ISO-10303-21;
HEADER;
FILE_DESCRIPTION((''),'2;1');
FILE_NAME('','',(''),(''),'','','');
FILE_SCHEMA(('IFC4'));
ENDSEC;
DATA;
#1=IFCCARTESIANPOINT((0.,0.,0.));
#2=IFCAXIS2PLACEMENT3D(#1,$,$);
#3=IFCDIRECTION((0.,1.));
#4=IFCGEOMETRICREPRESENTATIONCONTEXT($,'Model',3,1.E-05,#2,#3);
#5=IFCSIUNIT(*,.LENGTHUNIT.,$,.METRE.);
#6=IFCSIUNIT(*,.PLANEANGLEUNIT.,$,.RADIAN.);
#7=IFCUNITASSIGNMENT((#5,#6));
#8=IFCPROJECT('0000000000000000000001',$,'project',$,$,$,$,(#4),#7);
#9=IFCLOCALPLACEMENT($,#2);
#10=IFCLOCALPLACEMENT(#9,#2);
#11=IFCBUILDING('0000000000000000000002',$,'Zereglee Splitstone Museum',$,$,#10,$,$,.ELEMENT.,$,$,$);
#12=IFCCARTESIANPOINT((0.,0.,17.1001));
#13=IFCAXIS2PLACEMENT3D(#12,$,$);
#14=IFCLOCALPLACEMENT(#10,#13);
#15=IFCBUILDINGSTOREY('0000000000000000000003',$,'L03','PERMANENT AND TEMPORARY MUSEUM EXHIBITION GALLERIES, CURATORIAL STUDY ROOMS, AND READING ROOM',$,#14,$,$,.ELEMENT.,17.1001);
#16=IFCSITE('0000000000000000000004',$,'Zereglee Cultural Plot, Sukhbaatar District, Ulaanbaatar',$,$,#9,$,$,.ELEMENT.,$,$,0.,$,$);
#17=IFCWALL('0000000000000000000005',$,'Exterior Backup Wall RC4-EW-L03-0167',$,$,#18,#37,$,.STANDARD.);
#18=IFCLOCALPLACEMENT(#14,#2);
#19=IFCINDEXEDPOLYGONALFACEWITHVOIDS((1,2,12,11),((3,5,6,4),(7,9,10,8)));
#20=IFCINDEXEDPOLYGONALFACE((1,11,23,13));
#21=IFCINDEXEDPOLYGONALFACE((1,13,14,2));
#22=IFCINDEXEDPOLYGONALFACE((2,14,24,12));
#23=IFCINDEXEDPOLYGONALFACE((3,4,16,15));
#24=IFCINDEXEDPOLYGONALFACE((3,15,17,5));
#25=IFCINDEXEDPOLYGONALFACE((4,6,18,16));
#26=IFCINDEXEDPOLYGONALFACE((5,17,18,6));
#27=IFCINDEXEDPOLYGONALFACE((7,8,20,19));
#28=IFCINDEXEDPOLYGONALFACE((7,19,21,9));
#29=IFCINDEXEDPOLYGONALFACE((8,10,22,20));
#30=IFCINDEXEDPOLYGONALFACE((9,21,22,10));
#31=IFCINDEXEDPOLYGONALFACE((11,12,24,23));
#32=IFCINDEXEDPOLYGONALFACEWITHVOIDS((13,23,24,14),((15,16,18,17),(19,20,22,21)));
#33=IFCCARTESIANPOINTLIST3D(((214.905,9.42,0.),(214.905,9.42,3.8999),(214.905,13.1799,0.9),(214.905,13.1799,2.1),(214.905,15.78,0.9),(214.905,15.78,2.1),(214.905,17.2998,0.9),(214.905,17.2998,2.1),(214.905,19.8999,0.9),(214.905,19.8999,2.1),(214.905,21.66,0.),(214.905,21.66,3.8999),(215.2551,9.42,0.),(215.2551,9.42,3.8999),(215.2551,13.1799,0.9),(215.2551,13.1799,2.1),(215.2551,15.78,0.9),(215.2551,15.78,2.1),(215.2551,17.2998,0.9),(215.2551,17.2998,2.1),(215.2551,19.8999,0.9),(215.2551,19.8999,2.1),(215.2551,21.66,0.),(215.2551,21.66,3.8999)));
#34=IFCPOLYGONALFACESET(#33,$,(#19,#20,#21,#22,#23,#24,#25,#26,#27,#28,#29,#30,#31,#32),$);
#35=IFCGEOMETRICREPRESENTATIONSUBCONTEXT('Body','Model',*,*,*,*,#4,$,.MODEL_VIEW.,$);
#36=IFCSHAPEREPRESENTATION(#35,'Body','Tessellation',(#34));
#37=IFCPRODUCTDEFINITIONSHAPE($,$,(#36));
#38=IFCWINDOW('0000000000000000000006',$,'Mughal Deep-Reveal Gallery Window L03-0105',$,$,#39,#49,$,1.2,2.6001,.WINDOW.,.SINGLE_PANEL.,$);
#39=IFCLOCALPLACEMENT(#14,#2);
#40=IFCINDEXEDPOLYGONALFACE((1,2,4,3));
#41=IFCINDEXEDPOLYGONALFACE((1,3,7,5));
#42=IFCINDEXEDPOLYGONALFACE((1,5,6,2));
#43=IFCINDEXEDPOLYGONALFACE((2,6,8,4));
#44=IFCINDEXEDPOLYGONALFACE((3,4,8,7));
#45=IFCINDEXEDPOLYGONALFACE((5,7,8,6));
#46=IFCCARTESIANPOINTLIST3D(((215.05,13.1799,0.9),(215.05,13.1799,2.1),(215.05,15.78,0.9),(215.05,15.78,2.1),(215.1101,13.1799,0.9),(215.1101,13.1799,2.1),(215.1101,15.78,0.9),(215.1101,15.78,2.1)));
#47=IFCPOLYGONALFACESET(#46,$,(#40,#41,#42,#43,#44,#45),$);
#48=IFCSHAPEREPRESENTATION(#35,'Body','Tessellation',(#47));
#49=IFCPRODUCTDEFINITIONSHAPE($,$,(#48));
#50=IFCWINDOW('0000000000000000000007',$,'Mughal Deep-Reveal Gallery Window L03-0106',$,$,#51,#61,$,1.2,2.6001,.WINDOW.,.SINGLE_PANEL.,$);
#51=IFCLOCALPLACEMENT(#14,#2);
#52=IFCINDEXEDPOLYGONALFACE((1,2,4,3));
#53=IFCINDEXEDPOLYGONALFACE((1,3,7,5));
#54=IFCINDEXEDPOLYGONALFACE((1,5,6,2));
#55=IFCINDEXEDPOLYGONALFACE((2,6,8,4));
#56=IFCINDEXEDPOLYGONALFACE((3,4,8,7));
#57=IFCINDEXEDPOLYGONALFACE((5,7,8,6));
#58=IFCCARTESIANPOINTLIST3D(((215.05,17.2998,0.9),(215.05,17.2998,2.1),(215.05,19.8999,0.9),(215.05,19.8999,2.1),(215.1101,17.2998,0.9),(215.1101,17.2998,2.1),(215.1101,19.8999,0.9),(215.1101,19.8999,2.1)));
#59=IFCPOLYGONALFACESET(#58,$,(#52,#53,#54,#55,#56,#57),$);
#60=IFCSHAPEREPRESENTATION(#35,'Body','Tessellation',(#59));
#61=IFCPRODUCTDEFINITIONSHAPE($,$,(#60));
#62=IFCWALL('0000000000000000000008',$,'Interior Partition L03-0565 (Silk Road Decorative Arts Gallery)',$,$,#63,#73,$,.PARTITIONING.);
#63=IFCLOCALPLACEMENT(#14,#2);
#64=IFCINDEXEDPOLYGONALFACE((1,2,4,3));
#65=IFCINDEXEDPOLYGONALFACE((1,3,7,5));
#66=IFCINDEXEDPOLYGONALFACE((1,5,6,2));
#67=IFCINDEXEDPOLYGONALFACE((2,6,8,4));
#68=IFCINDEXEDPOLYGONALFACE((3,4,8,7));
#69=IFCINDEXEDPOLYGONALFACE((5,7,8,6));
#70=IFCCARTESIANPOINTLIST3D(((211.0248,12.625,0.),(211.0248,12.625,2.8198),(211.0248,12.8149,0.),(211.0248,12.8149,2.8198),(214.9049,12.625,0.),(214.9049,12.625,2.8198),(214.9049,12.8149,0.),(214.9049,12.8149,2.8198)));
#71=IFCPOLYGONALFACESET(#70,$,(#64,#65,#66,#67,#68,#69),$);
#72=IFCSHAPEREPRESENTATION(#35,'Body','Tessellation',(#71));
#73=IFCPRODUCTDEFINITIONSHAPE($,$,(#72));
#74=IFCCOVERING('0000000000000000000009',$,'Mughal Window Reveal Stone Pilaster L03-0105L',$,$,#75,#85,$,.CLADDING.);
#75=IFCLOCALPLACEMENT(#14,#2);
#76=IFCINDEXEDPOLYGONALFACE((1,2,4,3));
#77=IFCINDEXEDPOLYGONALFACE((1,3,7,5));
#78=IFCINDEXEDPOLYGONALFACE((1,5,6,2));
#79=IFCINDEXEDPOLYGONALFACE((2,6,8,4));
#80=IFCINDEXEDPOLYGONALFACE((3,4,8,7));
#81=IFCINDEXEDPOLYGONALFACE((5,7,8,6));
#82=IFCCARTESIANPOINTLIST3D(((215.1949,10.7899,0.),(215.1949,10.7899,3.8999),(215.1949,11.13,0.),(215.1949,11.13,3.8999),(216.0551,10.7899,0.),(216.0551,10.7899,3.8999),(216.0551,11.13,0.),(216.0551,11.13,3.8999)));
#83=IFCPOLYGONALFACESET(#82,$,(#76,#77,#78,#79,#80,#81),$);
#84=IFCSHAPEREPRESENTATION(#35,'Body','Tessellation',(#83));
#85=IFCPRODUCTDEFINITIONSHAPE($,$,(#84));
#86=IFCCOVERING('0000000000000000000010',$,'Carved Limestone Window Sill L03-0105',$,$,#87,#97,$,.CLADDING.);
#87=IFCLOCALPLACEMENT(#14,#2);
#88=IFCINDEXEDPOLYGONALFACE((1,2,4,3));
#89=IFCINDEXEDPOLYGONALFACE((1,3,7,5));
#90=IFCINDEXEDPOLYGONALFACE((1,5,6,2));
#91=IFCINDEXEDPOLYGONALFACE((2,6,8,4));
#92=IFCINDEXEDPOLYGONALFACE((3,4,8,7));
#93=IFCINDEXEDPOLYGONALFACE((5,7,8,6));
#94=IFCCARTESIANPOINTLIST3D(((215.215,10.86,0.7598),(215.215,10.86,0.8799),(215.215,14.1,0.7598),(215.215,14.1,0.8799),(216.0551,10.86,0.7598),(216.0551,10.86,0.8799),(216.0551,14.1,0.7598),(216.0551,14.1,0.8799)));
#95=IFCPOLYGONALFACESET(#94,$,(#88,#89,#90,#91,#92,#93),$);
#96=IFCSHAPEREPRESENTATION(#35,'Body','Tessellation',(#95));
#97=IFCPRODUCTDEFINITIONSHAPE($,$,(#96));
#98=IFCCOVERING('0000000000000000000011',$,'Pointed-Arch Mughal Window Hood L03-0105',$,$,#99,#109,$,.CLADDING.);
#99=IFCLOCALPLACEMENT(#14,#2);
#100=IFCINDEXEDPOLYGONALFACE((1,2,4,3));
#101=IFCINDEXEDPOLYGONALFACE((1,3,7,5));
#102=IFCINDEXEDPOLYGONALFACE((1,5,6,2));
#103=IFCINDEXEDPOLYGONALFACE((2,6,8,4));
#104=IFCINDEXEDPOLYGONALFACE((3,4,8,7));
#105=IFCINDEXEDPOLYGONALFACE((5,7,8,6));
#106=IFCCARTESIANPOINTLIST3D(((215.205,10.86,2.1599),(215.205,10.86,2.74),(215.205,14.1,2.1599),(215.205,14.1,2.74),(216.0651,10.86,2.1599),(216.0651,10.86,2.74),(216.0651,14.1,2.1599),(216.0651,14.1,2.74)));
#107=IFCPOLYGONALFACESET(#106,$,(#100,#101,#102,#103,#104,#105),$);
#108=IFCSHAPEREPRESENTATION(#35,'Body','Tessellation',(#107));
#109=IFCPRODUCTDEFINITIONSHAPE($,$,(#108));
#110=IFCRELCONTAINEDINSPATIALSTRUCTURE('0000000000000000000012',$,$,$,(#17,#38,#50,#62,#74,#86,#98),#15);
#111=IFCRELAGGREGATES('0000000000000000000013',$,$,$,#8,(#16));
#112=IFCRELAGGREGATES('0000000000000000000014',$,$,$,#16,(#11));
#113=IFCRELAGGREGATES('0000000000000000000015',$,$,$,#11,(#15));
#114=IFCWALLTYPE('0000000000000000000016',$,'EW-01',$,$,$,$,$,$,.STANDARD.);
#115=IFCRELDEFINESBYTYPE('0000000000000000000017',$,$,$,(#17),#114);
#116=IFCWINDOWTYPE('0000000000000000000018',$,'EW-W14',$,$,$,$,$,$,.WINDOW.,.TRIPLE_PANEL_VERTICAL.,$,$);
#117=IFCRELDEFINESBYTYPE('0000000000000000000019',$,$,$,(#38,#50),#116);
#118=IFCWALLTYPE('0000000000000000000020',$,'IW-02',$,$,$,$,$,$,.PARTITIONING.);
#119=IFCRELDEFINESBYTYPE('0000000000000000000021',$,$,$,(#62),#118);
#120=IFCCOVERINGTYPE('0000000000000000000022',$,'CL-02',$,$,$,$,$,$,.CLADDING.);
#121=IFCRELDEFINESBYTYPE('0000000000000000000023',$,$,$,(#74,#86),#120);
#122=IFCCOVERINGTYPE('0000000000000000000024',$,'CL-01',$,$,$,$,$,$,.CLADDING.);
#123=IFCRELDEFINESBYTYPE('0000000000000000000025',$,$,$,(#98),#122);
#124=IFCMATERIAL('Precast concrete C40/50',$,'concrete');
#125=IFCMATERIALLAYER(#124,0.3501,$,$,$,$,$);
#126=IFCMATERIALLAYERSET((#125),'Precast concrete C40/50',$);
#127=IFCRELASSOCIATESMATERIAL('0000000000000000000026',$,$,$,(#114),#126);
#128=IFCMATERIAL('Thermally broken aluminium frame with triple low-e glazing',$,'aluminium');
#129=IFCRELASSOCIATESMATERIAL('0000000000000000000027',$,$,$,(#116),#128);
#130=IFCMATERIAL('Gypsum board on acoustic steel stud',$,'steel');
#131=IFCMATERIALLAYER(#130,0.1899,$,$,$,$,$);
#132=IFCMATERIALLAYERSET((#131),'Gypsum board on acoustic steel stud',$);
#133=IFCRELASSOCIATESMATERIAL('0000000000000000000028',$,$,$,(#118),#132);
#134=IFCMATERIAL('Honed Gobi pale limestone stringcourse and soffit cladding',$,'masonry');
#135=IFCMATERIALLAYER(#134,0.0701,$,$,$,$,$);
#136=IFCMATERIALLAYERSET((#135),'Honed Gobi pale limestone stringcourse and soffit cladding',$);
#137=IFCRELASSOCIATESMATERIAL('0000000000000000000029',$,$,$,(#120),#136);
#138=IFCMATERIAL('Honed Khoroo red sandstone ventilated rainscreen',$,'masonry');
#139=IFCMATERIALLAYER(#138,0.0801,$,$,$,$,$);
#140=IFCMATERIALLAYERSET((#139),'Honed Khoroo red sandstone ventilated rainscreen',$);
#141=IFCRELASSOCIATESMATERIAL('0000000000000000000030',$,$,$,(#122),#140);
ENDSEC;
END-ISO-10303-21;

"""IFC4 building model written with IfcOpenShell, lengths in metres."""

from ifc_helpers import new_model, si_unit, direction, frame, frame_2d, origin, origin_2d, place, context, subcontext, project, spatial, rectangle, extrude, material, layer, layer_set, type_object, element, fill, save


model = new_model("IFC4")

# Units and contexts
model_context = context("Model", 3, precision=1e-05, world=origin(), true_north=direction((0.0, 1.0)))
body_context = subcontext(model_context, "Body", "Model", "MODEL_VIEW")
ifc_project = project(units=[si_unit("LENGTHUNIT", "METRE"), si_unit("PLANEANGLEUNIT", "RADIAN")], contexts=[model_context])

# Site, building, storey
site_placement = place(None, origin())
site = spatial("IfcSite", under=ifc_project, at=site_placement, Name="Zereglee Cultural Plot, Sukhbaatar District, Ulaanbaatar", CompositionType="ELEMENT", RefElevation=0.0)
building_placement = place(site_placement, origin())
building = spatial("IfcBuilding", under=site, at=building_placement, Name="Zereglee Splitstone Museum", CompositionType="ELEMENT")
storey_placement = place(building_placement, frame((0.0, 0.0, 17.1001)))
storey = spatial("IfcBuildingStorey", under=building, at=storey_placement, Name="L03", Description="PERMANENT AND TEMPORARY MUSEUM EXHIBITION GALLERIES, CURATORIAL STUDY ROOMS, AND READING ROOM", CompositionType="ELEMENT", Elevation=17.1001)

# Wall, openings, windows
ifc_material_1 = material(Name="Precast concrete C40/50", Category="concrete")
ifc_layer_1 = layer(ifc_material_1, 0.3501)
ifc_layer_set_1 = layer_set([ifc_layer_1], Name="Precast concrete C40/50")
wall_type_1 = type_object("IfcWallType", Name="EW-01", PredefinedType="STANDARD", material=ifc_layer_set_1)
wall_1_placement = place(storey_placement, frame((215.0801, 9.4199, 0.0), z_axis=(0.0, 0.0, 1.0), x_axis=(0.0, 1.0, 0.0)))
wall_1 = element("IfcWall", 1, at=wall_1_placement, inside=storey, type_object=wall_type_1, Name="Exterior Backup Wall RC4-EW-L03-0167", PredefinedType="STANDARD", context=body_context, shape_type="SweptSolid", body=[
    extrude(rectangle(XDim=12.24, YDim=0.3501, at=frame_2d((6.1201, 0.0))), origin(), (0.0, 0.0, 1.0), 3.8999),
])
opening_1_placement = place(wall_1_placement, frame((3.76, 0.0, 0.8999)))
opening_1 = element("IfcOpeningElement", 2, at=opening_1_placement, cuts=wall_1, PredefinedType="OPENING", context=body_context, shape_type="SweptSolid", body=[
    extrude(rectangle(XDim=2.6001, YDim=1.2, at=frame_2d((1.3, 0.6001))), frame((0.0, 0.1899, 0.0), z_axis=(0.0, -1.0, 0.0), x_axis=(1.0, 0.0, 0.0)), (0.0, 0.0, 1.0), 0.3799),
])
opening_2_placement = place(wall_1_placement, frame((7.8799, 0.0, 0.8999)))
opening_2 = element("IfcOpeningElement", 3, at=opening_2_placement, cuts=wall_1, PredefinedType="OPENING", context=body_context, shape_type="SweptSolid", body=[
    extrude(rectangle(XDim=2.6001, YDim=1.2, at=frame_2d((1.3, 0.6001))), frame((0.0, 0.1899, 0.0), z_axis=(0.0, -1.0, 0.0), x_axis=(1.0, 0.0, 0.0)), (0.0, 0.0, 1.0), 0.3799),
])
ifc_material_2 = material(Name="Thermally broken aluminium frame with triple low-e glazing", Category="aluminium")
window_type = type_object("IfcWindowType", Name="EW-W14", PartitioningType="TRIPLE_PANEL_VERTICAL", PredefinedType="WINDOW", material=ifc_material_2)
window_1_placement = place(opening_1_placement, origin())
window_1 = element("IfcWindow", 4, at=window_1_placement, inside=storey, type_object=window_type, Name="Mughal Deep-Reveal Gallery Window L03-0105", OverallHeight=1.2, OverallWidth=2.6001, PartitioningType="SINGLE_PANEL", PredefinedType="WINDOW", context=body_context, shape_type="SweptSolid", body=[
    extrude(rectangle(XDim=2.6001, YDim=1.2, at=frame_2d((1.3, 0.6001))), frame((0.0, 0.03, 0.0), z_axis=(0.0, -1.0, 0.0), x_axis=(1.0, 0.0, 0.0)), (0.0, 0.0, 1.0), 0.0601),
])
fill(opening_1, window_1)
window_2_placement = place(opening_2_placement, origin())
window_2 = element("IfcWindow", 5, at=window_2_placement, inside=storey, type_object=window_type, Name="Mughal Deep-Reveal Gallery Window L03-0106", OverallHeight=1.2, OverallWidth=2.6001, PartitioningType="SINGLE_PANEL", PredefinedType="WINDOW", context=body_context, shape_type="SweptSolid", body=[
    extrude(rectangle(XDim=2.6001, YDim=1.2, at=frame_2d((1.3, 0.6001))), frame((0.0, 0.03, 0.0), z_axis=(0.0, -1.0, 0.0), x_axis=(1.0, 0.0, 0.0)), (0.0, 0.0, 1.0), 0.0601),
])
fill(opening_2, window_2)

# Wall
ifc_material_3 = material(Name="Gypsum board on acoustic steel stud", Category="steel")
ifc_layer_2 = layer(ifc_material_3, 0.1899)
ifc_layer_set_2 = layer_set([ifc_layer_2], Name="Gypsum board on acoustic steel stud")
wall_type_2 = type_object("IfcWallType", Name="IW-02", PredefinedType="PARTITIONING", material=ifc_layer_set_2)
wall_2_placement = place(storey_placement, frame((211.0249, 12.72, 0.0), z_axis=(0.0, 0.0, 1.0), x_axis=(1.0, 0.0, 0.0)))
element("IfcWall", 6, at=wall_2_placement, inside=storey, type_object=wall_type_2, Name="Interior Partition L03-0565 (Silk Road Decorative Arts Gallery)", PredefinedType="PARTITIONING", context=body_context, shape_type="SweptSolid", body=[
    extrude(rectangle(XDim=3.8801, YDim=0.1899, at=frame_2d((1.9399, 0.0))), origin(), (0.0, 0.0, 1.0), 2.8198),
])

# Coverings
ifc_material_4 = material(Name="Honed Gobi pale limestone stringcourse and soffit cladding", Category="masonry")
ifc_layer_3 = layer(ifc_material_4, 0.0701)
ifc_layer_set_3 = layer_set([ifc_layer_3], Name="Honed Gobi pale limestone stringcourse and soffit cladding")
covering_type_1 = type_object("IfcCoveringType", Name="CL-02", PredefinedType="CLADDING", material=ifc_layer_set_3)
covering_1_placement = place(storey_placement, frame((215.625, 10.96, 0.0), z_axis=(0.0, 0.0, 1.0), x_axis=(0.0, 1.0, 0.0)))
element("IfcCovering", 7, at=covering_1_placement, inside=storey, type_object=covering_type_1, Name="Mughal Window Reveal Stone Pilaster L03-0105L", PredefinedType="CLADDING", context=body_context, shape_type="SweptSolid", body=[
    extrude(rectangle(XDim=0.3401, YDim=0.8601, at=origin_2d()), origin(), (0.0, 0.0, 1.0), 3.8999),
])
covering_2_placement = place(storey_placement, frame((215.635, 12.48, 0.7598), z_axis=(0.0, 0.0, 1.0), x_axis=(0.0, 1.0, 0.0)))
element("IfcCovering", 8, at=covering_2_placement, inside=storey, type_object=covering_type_1, Name="Carved Limestone Window Sill L03-0105", PredefinedType="CLADDING", context=body_context, shape_type="SweptSolid", body=[
    extrude(rectangle(XDim=3.24, YDim=0.8401, at=origin_2d()), origin(), (0.0, 0.0, 1.0), 0.1201),
])
ifc_material_5 = material(Name="Honed Khoroo red sandstone ventilated rainscreen", Category="masonry")
ifc_layer_4 = layer(ifc_material_5, 0.0801)
ifc_layer_set_4 = layer_set([ifc_layer_4], Name="Honed Khoroo red sandstone ventilated rainscreen")
covering_type_2 = type_object("IfcCoveringType", Name="CL-01", PredefinedType="CLADDING", material=ifc_layer_set_4)
covering_3_placement = place(storey_placement, frame((215.635, 12.48, 2.1599), z_axis=(0.0, 0.0, 1.0), x_axis=(0.0, 1.0, 0.0)))
element("IfcCovering", 9, at=covering_3_placement, inside=storey, type_object=covering_type_2, Name="Pointed-Arch Mughal Window Hood L03-0105", PredefinedType="CLADDING", context=body_context, shape_type="SweptSolid", body=[
    extrude(rectangle(XDim=3.24, YDim=0.8601, at=origin_2d()), origin(), (0.0, 0.0, 1.0), 0.5801),
])

save(model, "model.ifc")
